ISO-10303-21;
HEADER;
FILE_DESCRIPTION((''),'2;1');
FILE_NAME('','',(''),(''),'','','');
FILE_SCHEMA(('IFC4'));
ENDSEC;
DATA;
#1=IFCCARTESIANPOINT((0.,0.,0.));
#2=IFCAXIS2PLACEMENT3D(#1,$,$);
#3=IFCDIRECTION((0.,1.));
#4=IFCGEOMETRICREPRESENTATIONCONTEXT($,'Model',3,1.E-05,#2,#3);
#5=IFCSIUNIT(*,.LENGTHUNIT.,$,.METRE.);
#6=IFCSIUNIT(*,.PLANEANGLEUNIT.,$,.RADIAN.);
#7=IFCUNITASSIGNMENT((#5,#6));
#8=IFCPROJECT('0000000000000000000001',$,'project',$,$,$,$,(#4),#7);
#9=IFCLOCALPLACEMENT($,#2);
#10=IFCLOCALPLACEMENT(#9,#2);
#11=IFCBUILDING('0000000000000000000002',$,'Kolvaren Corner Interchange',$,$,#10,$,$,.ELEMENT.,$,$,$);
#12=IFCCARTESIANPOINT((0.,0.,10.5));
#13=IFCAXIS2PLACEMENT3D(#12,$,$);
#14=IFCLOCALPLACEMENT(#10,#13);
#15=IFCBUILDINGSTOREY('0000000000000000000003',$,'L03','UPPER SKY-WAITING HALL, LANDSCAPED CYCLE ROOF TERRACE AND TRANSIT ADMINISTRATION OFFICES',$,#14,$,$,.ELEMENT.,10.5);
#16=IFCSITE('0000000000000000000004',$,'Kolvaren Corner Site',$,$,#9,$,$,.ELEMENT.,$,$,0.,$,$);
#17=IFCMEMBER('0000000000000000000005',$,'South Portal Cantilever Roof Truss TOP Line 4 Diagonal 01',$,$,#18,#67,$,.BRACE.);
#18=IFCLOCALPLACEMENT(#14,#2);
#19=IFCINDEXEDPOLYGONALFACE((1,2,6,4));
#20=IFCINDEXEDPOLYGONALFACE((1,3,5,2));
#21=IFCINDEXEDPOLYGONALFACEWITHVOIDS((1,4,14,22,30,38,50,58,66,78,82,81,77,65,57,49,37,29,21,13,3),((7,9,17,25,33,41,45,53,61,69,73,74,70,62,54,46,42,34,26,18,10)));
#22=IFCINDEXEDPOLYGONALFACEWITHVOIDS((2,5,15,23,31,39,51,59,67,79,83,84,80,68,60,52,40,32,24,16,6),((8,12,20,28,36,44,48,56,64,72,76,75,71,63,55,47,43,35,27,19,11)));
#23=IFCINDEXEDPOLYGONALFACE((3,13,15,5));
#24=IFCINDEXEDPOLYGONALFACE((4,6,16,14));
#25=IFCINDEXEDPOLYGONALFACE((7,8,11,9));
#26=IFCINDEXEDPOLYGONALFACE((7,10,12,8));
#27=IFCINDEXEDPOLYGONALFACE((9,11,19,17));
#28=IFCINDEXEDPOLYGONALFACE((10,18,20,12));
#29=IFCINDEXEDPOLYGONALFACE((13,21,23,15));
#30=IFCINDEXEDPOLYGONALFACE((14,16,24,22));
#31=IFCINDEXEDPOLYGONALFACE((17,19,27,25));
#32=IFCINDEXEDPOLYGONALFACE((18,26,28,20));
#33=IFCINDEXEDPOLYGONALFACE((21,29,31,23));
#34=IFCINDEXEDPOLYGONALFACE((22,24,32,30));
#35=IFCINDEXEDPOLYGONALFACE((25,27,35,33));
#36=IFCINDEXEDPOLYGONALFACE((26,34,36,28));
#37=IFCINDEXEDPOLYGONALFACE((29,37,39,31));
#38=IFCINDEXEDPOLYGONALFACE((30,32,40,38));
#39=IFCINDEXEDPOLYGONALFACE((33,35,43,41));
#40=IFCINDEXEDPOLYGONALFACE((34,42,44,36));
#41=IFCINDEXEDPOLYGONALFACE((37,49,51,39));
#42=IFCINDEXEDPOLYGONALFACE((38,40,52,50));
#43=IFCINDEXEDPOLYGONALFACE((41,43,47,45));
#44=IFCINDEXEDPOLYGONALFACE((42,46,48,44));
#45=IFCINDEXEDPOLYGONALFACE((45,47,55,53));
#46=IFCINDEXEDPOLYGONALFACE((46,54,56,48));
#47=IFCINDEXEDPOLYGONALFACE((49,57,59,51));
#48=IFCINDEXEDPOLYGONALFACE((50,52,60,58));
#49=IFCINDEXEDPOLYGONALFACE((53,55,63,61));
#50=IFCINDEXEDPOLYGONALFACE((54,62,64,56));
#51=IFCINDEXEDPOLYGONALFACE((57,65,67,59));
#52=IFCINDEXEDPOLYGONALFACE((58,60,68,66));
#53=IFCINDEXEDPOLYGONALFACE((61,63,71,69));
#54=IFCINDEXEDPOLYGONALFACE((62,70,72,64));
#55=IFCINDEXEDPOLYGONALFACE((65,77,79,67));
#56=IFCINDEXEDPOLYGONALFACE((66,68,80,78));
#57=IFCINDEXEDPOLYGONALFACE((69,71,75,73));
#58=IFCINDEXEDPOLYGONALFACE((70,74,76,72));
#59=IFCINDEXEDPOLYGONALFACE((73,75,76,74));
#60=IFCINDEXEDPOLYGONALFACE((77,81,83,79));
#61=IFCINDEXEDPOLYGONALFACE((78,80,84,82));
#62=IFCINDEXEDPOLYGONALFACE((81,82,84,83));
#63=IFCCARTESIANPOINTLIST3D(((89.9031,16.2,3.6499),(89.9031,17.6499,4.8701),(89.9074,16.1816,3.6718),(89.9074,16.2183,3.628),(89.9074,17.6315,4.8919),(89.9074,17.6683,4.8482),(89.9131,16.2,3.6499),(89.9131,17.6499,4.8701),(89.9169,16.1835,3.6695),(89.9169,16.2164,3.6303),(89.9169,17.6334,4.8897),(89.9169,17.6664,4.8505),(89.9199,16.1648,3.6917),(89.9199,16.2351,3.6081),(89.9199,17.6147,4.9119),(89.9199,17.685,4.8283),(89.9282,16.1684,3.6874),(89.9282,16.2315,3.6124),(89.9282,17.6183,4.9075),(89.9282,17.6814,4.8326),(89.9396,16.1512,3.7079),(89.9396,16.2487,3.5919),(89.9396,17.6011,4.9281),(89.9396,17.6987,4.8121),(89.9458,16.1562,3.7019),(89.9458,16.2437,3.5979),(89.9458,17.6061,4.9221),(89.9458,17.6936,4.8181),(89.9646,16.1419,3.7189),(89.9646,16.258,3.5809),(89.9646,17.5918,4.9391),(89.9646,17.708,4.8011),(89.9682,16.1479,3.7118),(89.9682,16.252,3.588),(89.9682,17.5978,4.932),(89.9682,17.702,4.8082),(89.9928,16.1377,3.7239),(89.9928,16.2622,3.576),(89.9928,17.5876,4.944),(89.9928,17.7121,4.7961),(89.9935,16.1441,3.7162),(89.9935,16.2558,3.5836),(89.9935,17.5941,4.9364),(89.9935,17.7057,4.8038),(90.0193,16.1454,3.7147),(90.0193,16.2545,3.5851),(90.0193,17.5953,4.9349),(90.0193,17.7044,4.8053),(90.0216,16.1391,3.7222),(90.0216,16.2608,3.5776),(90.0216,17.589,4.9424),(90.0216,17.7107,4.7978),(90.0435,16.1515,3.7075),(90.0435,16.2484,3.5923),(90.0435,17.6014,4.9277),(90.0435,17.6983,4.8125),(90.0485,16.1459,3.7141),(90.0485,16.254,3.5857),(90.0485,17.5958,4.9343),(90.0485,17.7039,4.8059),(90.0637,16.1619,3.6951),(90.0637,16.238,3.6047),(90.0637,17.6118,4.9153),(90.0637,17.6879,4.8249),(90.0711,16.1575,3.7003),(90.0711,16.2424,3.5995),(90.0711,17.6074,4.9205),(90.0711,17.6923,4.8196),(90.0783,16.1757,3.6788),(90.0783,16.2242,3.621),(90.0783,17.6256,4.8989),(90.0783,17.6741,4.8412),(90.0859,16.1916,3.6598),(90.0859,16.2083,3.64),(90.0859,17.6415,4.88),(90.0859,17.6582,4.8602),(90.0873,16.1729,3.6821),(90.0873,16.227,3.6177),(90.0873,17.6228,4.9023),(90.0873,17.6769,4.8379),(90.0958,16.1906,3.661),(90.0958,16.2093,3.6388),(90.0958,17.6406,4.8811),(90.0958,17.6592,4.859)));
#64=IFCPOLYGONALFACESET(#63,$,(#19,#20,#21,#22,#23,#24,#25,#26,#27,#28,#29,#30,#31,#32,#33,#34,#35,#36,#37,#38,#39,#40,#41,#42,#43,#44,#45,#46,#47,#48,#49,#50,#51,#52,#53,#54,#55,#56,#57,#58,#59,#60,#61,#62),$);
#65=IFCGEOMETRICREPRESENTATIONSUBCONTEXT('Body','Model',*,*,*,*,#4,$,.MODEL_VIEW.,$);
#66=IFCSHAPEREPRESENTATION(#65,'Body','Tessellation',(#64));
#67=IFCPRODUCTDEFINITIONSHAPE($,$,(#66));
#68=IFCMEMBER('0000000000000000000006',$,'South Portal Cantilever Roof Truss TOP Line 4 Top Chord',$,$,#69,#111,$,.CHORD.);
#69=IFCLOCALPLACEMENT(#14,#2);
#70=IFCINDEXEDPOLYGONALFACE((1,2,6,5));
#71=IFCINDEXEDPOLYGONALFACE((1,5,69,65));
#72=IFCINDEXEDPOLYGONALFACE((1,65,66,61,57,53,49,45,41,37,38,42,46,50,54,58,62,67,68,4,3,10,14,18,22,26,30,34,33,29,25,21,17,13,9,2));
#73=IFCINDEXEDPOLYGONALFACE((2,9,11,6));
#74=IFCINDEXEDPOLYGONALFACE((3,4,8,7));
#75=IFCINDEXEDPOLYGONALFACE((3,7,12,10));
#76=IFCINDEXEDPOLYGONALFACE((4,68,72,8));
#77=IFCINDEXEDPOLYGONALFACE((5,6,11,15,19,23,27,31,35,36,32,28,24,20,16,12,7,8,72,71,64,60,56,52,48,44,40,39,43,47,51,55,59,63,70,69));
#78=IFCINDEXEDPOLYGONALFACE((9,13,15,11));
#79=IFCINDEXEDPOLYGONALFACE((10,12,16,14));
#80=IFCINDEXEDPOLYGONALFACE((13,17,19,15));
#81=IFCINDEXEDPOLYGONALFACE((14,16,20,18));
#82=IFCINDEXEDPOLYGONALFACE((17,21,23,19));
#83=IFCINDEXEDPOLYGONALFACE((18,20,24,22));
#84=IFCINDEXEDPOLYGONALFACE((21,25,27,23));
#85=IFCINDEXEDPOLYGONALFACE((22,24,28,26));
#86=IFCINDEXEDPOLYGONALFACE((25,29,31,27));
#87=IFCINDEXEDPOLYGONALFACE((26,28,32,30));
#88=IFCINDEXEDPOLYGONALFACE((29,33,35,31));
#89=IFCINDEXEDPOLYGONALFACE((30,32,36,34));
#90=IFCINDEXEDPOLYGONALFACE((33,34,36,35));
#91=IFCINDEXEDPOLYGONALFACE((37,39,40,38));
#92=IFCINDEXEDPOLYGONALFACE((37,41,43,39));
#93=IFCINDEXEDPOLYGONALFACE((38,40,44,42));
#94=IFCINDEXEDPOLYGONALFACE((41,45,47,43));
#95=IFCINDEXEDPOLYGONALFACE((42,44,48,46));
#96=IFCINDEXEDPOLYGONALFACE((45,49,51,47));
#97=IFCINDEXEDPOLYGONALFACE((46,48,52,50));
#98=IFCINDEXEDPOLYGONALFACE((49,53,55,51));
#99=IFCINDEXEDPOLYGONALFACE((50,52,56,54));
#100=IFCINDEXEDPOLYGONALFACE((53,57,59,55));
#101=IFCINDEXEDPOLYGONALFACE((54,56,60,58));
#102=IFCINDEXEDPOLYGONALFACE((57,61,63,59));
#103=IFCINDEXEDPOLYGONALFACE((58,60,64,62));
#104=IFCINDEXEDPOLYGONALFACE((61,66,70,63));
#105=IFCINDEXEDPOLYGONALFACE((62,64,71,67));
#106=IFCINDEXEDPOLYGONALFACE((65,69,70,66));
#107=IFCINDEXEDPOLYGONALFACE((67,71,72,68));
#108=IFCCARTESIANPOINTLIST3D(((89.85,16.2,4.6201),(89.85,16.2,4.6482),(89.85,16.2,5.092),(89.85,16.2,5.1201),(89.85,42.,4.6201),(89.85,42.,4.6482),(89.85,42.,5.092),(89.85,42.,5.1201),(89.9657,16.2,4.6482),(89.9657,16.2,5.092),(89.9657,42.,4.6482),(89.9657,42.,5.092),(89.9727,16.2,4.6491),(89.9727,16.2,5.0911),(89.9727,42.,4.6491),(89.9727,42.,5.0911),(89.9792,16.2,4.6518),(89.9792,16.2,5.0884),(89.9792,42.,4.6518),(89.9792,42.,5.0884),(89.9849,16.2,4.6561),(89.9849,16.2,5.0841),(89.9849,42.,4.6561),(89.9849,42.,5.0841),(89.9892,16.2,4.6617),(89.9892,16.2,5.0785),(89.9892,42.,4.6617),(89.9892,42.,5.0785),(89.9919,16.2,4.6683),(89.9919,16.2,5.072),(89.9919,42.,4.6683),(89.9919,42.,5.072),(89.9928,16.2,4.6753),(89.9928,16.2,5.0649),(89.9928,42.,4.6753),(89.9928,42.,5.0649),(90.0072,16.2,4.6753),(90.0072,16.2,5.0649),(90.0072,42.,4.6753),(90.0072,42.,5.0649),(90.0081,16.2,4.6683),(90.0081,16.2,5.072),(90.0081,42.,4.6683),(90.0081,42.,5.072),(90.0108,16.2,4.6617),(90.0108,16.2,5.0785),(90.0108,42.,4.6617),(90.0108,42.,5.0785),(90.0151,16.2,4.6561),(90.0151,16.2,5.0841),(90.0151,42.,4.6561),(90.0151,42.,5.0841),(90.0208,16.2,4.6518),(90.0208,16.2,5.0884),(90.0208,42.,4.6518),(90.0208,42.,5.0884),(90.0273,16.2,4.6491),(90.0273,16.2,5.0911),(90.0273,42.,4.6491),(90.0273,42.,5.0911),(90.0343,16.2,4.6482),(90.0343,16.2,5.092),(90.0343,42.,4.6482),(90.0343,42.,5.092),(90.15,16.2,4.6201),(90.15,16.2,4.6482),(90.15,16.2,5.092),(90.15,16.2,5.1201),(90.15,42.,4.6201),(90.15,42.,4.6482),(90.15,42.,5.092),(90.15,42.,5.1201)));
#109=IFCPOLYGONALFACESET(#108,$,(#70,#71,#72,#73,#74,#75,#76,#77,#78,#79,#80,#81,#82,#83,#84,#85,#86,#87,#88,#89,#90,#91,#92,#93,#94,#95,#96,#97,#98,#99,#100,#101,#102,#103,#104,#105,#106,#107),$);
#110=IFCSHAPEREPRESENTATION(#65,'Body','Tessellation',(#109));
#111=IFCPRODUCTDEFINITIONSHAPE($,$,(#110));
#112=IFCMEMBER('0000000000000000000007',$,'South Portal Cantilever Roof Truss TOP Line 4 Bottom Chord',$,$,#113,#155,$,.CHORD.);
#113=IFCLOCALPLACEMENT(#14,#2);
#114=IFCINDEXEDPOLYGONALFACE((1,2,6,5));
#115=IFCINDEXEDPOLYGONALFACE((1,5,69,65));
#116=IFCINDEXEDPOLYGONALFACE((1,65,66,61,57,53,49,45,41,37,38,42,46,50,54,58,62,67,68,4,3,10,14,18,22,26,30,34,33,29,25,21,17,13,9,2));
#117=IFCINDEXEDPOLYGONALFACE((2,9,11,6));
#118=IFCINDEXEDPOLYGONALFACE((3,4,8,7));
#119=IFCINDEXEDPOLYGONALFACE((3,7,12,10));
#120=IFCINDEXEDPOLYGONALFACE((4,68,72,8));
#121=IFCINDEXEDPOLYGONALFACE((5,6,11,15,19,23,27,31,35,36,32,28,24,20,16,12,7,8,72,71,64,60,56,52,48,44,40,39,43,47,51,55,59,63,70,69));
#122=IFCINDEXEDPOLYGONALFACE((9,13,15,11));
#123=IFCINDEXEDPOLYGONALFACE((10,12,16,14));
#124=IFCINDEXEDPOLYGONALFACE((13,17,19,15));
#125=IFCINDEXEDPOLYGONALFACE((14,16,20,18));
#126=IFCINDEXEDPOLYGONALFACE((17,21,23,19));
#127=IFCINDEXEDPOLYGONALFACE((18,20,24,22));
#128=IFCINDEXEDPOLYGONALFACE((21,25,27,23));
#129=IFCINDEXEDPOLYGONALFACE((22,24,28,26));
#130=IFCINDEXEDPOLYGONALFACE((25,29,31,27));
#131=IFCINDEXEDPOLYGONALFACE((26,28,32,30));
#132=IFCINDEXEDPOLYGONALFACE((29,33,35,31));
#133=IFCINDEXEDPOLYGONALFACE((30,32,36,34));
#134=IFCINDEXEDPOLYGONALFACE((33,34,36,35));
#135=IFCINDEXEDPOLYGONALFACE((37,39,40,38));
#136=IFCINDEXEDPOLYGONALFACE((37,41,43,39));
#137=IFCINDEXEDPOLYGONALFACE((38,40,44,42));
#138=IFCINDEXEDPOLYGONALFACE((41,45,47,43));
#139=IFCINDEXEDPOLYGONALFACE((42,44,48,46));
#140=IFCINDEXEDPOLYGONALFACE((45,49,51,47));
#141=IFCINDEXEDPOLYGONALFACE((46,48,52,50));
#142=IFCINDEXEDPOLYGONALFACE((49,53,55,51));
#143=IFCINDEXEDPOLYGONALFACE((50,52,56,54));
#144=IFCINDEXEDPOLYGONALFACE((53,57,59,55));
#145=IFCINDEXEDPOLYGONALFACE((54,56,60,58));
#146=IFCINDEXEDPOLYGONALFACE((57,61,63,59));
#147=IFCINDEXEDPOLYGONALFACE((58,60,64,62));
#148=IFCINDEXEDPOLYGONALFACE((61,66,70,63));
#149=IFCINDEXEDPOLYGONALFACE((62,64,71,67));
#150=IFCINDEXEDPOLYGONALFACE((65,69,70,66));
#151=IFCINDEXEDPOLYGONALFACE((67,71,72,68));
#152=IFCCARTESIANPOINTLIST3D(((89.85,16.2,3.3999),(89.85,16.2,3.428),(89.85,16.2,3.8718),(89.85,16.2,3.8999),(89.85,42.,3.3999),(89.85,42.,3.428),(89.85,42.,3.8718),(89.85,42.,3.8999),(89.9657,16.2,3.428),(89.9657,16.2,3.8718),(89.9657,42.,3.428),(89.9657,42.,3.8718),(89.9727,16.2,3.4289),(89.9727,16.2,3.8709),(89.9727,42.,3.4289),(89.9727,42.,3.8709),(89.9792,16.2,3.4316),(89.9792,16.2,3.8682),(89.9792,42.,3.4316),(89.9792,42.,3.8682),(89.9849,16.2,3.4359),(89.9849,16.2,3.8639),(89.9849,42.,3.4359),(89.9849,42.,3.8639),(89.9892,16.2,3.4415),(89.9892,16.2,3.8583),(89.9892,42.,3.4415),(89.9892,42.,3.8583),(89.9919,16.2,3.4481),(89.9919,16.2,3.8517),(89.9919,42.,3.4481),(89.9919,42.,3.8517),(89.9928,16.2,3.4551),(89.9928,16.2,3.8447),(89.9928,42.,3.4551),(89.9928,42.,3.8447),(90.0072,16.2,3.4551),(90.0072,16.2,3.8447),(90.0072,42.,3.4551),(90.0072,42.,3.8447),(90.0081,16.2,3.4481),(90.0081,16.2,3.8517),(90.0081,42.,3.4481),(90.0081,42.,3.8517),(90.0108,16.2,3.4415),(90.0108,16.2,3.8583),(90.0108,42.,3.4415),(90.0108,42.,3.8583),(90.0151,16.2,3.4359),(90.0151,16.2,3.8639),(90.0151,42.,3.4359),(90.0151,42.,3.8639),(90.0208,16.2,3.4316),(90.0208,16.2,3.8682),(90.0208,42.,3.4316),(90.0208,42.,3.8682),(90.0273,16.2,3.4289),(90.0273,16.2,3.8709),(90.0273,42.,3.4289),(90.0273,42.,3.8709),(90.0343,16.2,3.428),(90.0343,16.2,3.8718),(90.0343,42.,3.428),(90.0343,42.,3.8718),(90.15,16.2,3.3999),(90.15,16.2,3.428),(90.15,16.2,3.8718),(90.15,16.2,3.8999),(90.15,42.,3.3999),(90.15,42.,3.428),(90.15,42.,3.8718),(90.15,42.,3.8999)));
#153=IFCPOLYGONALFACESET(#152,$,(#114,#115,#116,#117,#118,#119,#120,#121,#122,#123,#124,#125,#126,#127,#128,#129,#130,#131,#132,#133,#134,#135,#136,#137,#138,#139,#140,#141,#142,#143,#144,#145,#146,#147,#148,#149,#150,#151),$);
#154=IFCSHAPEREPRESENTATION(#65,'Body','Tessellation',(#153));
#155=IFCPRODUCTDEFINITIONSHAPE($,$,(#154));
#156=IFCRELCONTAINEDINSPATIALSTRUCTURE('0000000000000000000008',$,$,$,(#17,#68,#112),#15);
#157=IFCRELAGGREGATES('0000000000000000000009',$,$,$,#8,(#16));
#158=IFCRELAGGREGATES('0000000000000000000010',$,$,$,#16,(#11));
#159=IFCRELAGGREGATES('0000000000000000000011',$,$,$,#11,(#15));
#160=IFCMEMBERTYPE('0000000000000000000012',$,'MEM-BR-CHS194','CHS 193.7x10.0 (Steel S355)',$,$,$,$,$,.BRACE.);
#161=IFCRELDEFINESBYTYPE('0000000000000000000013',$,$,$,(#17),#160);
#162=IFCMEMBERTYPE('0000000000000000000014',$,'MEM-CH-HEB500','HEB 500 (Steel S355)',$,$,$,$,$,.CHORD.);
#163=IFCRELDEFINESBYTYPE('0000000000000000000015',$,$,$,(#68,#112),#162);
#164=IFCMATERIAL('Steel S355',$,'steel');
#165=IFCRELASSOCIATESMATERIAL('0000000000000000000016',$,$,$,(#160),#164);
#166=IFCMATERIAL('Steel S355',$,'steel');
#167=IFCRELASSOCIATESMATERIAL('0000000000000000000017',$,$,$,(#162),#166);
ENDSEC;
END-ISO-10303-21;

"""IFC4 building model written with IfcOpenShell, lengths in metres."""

from ifc_helpers import new_model, si_unit, direction, frame, origin, origin_2d, place, context, subcontext, project, spatial, hollow_circle, i_section, extrude, material, material_profile, profile_set, type_object, element, save


model = new_model("IFC4")

# Units and contexts
model_context = context("Model", 3, precision=1e-05, world=origin(), true_north=direction((0.0, 1.0)))
body_context = subcontext(model_context, "Body", "Model", "MODEL_VIEW")
ifc_project = project(units=[si_unit("LENGTHUNIT", "METRE"), si_unit("PLANEANGLEUNIT", "RADIAN")], contexts=[model_context])

# Site, building, storey
site_placement = place(None, origin())
site = spatial("IfcSite", under=ifc_project, at=site_placement, Name="Kolvaren Corner Site", CompositionType="ELEMENT", RefElevation=0.0)
building_placement = place(site_placement, origin())
building = spatial("IfcBuilding", under=site, at=building_placement, Name="Kolvaren Corner Interchange", CompositionType="ELEMENT")
storey_placement = place(building_placement, frame((0.0, 0.0, 10.5)))
storey = spatial("IfcBuildingStorey", under=building, at=storey_placement, Name="L03", Description="UPPER SKY-WAITING HALL, LANDSCAPED CYCLE ROOF TERRACE AND TRANSIT ADMINISTRATION OFFICES", CompositionType="ELEMENT", Elevation=10.5)

# Members
ifc_material_1 = material(Name="Steel S355", Category="steel")
ifc_material_profile_1 = material_profile(ifc_material_1, hollow_circle(Radius=0.0969, WallThickness=0.01, at=origin_2d()), Name="CHS 193.7x10.0")
ifc_profile_set_1 = profile_set([ifc_material_profile_1], Name="Steel S355")
member_type_1 = type_object("IfcMemberType", Name="MEM-BR-CHS194", Description="CHS 193.7x10.0 (Steel S355)", PredefinedType="BRACE", material=ifc_profile_set_1)
member_1_placement = place(storey_placement, frame((90.0, 16.2, 3.6499), z_axis=(0.0, 0.765118, 0.64389), x_axis=(-1.0, 0.0, 0.0)))
element("IfcMember", 1, at=member_1_placement, inside=storey, type_object=member_type_1, Name="South Portal Cantilever Roof Truss TOP Line 4 Diagonal 01", PredefinedType="BRACE", context=body_context, shape_type="SweptSolid", body=[
    extrude(hollow_circle(Radius=0.0969, WallThickness=0.01, at=origin_2d()), origin(), (0.0, 0.0, 1.0), 1.895),
])
ifc_material_2 = material(Name="Steel S355", Category="steel")
ifc_material_profile_2 = material_profile(ifc_material_2, i_section(OverallWidth=0.3, OverallDepth=0.5, WebThickness=0.0144, FlangeThickness=0.0281, FilletRadius=0.0271, at=origin_2d()), Name="HEB 500")
ifc_profile_set_2 = profile_set([ifc_material_profile_2], Name="Steel S355")
member_type_2 = type_object("IfcMemberType", Name="MEM-CH-HEB500", Description="HEB 500 (Steel S355)", PredefinedType="CHORD", material=ifc_profile_set_2)
for number, where, z_axis, x_axis, name in (
    (2, (90.0, 16.2, 4.8701), (0.0, 1.0, 0.0), (-1.0, 0.0, 0.0), "South Portal Cantilever Roof Truss TOP Line 4 Top Chord"),
    (3, (90.0, 16.2, 3.6499), (0.0, 1.0, 0.0), (-1.0, 0.0, 0.0), "South Portal Cantilever Roof Truss TOP Line 4 Bottom Chord"),
):
    element("IfcMember", number, at=place(storey_placement, frame(where, z_axis=z_axis, x_axis=x_axis)), inside=storey, type_object=member_type_2, Name=name, PredefinedType="CHORD", context=body_context, shape_type="SweptSolid", body=[
        extrude(i_section(OverallWidth=0.3, OverallDepth=0.5, WebThickness=0.0144, FlangeThickness=0.0281, FilletRadius=0.0271, at=origin_2d()), origin(), (0.0, 0.0, 1.0), 25.8),
    ])

save(model, "model.ifc")
